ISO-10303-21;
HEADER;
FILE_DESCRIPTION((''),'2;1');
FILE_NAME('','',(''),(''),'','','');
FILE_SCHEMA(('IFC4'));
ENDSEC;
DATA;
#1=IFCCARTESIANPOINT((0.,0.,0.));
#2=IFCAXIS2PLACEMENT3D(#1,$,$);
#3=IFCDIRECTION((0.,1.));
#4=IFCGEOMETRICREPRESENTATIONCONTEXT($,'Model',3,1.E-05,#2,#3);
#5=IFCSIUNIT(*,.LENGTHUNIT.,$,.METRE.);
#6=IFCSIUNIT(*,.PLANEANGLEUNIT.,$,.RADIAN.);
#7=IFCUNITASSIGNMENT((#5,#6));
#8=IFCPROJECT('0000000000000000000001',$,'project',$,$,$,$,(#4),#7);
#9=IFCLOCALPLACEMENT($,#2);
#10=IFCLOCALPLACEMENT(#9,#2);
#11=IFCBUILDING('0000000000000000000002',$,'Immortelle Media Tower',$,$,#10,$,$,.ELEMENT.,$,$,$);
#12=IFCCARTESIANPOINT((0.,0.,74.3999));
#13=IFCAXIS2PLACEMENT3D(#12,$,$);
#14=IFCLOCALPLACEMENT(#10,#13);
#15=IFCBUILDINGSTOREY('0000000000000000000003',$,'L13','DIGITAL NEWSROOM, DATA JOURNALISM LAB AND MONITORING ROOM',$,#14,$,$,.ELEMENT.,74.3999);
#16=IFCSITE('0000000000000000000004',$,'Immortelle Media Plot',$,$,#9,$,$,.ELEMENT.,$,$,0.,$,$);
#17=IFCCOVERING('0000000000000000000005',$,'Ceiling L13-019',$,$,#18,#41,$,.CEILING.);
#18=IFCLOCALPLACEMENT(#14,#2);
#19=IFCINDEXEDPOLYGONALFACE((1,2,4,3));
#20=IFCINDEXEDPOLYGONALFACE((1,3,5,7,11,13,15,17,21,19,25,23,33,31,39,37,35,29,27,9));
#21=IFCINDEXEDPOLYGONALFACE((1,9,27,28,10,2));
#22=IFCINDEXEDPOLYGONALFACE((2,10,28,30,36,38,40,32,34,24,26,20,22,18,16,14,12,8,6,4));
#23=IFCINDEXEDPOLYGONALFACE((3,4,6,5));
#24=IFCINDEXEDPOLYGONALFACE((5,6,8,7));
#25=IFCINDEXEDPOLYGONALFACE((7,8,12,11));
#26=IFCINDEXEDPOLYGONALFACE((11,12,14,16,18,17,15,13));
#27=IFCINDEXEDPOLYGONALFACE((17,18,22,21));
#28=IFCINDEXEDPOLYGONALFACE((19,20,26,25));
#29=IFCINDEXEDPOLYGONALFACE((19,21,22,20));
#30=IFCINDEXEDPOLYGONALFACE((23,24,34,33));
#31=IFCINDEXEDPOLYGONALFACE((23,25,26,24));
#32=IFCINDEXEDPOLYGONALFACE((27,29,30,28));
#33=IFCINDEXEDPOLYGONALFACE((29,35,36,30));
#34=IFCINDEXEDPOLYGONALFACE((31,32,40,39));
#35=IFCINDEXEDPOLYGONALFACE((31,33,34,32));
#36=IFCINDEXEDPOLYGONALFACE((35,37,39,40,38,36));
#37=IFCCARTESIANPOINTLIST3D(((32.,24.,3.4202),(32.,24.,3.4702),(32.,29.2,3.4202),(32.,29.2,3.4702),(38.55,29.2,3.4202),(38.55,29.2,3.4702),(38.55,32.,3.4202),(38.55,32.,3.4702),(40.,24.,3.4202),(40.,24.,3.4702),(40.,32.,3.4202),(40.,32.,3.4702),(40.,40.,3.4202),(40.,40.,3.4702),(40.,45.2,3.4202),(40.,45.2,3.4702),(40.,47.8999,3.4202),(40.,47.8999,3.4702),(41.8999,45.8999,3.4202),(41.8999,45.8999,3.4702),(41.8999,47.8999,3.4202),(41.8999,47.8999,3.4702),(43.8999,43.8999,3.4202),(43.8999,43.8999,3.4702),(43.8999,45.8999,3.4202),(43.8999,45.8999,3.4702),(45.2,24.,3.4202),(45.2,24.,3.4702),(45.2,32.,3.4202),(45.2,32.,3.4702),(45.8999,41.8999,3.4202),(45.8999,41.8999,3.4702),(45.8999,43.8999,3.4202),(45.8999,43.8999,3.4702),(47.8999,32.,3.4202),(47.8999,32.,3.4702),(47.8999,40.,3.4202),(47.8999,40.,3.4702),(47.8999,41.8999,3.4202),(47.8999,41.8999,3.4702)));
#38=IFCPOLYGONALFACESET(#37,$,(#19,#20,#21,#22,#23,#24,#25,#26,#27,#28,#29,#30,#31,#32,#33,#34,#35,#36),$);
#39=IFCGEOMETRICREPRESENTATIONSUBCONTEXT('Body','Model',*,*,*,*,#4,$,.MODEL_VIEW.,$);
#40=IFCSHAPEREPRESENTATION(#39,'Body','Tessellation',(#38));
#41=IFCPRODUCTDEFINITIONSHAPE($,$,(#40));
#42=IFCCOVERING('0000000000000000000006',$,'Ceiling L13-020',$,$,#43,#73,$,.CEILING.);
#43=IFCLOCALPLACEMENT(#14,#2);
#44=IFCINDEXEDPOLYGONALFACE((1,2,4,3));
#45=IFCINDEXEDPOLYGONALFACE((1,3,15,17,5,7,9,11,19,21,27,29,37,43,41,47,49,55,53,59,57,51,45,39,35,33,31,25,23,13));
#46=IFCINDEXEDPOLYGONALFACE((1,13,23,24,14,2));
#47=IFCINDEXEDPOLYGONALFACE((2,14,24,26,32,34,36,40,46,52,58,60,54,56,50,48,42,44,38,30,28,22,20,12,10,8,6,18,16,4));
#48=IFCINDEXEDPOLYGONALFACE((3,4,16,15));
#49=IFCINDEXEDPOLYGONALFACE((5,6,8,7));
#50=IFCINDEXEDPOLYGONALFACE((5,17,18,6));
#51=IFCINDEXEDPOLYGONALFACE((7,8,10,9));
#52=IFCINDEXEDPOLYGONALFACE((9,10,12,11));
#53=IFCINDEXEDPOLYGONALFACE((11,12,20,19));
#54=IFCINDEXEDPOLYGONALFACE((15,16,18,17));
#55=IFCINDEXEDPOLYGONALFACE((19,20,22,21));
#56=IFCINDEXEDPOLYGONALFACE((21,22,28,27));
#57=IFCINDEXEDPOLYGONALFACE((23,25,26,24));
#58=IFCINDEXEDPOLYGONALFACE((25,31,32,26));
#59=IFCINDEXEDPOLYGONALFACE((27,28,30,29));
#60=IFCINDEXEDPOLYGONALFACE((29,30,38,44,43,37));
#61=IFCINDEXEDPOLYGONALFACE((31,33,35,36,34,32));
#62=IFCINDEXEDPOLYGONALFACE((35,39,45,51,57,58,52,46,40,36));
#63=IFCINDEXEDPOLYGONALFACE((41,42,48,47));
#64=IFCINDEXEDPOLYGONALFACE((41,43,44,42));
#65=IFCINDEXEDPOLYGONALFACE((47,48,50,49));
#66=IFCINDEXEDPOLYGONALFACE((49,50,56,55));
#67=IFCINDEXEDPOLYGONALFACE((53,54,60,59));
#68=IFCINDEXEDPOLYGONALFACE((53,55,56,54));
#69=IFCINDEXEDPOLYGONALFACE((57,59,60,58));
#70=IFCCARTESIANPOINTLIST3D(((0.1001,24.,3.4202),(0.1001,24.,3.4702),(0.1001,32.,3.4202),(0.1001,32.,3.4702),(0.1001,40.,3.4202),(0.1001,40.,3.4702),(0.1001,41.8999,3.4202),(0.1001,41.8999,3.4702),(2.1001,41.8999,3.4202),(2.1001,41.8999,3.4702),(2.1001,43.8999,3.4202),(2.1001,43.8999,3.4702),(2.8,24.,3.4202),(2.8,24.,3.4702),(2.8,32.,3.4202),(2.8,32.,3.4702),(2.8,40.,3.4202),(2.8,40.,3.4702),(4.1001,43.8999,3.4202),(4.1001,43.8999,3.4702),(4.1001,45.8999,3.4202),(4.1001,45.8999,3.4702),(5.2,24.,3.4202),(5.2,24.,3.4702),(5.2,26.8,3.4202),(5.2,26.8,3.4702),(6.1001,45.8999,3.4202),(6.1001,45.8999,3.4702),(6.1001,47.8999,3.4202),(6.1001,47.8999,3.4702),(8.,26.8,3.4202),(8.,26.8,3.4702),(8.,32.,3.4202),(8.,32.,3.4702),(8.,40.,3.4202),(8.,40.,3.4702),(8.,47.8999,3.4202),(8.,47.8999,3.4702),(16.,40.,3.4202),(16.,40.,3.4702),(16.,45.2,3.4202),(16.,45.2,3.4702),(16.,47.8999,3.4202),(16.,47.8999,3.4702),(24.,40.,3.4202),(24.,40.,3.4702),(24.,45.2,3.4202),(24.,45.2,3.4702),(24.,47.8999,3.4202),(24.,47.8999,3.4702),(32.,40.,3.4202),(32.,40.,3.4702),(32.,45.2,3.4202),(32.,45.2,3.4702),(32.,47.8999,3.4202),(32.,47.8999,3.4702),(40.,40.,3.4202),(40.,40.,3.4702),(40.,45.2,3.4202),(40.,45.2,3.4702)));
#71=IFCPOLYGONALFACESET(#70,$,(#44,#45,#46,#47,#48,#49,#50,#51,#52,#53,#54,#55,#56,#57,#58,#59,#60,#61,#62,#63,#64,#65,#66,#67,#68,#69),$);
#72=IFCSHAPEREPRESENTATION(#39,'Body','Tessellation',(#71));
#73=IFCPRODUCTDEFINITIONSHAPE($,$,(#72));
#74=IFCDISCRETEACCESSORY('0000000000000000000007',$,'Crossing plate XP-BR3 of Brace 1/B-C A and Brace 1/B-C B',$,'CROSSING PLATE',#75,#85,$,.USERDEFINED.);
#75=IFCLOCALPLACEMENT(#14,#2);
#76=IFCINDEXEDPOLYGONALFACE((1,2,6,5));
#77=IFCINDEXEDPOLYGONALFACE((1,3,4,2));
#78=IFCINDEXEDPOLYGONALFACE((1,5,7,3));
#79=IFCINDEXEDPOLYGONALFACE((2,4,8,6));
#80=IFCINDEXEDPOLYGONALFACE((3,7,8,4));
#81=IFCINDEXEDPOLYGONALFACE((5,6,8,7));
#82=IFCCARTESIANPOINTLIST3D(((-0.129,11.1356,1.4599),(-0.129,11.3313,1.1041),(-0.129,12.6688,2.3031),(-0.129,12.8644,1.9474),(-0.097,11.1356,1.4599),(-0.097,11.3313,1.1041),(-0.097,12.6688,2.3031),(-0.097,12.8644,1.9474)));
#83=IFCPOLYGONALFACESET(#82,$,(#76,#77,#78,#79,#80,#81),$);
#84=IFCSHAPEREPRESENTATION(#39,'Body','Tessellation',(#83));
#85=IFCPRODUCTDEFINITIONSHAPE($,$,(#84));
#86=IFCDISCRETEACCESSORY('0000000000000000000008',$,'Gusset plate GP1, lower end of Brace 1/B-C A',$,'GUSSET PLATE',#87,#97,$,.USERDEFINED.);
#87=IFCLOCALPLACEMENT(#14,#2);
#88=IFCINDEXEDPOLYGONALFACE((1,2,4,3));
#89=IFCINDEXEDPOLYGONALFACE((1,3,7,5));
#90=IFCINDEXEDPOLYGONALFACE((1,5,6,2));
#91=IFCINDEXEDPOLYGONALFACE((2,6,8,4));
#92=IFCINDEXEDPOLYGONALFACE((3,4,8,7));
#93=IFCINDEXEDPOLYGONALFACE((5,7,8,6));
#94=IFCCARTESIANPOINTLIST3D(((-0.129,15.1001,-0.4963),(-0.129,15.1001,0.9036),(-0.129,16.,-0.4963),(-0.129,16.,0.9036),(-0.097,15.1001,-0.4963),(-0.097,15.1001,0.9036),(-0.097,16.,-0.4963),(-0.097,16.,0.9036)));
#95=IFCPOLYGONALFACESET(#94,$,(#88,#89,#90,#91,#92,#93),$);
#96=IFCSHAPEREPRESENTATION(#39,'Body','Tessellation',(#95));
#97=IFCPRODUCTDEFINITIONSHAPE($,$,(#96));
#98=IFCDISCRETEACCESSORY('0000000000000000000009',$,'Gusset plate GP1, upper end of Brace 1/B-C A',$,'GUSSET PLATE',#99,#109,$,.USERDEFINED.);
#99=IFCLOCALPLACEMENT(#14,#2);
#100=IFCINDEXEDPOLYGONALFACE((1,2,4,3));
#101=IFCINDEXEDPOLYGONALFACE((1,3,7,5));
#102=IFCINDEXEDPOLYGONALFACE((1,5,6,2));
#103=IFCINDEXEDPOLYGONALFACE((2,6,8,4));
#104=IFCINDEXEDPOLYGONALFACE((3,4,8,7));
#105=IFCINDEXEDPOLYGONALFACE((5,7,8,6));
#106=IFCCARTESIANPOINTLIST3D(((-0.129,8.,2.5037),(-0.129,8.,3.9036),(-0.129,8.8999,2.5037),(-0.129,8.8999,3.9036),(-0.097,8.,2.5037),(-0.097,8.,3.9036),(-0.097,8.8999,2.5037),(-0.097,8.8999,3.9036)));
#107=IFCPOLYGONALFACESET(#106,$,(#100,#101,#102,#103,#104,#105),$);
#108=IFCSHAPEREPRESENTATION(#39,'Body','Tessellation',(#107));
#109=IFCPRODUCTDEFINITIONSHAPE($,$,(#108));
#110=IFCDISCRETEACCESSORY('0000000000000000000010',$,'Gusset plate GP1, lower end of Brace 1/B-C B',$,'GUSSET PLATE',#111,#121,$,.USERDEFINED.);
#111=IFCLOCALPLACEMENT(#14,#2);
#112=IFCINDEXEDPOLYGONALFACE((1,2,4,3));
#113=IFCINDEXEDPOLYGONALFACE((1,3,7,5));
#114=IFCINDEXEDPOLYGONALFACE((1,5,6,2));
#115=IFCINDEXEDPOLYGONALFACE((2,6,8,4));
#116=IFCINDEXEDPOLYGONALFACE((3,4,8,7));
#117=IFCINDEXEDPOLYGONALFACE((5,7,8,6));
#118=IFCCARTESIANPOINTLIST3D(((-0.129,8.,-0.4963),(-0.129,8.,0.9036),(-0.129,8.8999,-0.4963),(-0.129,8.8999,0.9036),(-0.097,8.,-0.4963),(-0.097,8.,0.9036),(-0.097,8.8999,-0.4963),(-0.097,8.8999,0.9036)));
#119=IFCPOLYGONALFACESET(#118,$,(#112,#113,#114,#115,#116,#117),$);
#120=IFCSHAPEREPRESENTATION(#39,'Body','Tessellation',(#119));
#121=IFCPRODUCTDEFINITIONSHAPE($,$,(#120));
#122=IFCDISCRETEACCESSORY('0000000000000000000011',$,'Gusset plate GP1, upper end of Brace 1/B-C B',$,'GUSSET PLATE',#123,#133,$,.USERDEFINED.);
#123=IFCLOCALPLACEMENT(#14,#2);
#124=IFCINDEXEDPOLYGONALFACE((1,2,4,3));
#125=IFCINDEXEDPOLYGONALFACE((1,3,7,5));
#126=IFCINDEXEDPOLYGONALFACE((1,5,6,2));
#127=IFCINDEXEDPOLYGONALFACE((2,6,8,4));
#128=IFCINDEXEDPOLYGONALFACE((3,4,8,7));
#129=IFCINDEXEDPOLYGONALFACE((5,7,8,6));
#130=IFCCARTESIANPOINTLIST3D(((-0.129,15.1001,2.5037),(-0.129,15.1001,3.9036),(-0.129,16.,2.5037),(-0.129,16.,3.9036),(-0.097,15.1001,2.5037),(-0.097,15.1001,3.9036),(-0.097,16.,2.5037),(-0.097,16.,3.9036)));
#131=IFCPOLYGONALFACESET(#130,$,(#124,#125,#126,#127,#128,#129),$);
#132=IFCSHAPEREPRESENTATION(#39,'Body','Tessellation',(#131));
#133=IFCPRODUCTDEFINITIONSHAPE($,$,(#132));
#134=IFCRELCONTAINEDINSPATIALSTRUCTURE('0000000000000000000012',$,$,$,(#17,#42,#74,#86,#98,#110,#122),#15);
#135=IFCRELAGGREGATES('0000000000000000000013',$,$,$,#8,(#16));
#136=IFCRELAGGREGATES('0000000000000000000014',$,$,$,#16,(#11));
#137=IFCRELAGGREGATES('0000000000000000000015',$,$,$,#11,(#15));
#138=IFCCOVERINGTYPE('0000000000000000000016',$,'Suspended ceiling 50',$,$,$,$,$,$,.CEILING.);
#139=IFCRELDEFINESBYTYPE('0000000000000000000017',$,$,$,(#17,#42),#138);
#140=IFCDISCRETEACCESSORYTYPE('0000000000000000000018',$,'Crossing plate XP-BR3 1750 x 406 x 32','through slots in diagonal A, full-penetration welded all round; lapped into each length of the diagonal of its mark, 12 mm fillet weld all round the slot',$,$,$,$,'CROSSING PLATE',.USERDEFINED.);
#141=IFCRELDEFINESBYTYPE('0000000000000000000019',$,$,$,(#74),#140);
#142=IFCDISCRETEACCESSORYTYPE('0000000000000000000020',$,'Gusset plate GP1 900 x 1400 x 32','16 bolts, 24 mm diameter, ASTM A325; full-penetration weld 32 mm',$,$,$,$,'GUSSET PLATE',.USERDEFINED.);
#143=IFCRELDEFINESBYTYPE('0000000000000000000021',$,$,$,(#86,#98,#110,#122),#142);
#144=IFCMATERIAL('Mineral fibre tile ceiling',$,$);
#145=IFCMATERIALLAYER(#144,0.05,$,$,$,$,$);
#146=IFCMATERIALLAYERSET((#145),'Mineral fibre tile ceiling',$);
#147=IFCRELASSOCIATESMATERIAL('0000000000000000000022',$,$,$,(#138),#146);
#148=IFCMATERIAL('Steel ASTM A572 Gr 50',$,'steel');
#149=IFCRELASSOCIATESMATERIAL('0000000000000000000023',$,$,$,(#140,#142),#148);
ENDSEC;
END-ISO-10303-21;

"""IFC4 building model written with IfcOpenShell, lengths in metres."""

from ifc_helpers import new_model, si_unit, direction, frame, origin, origin_2d, place, context, subcontext, project, spatial, polyline, rectangle, outline, extrude, material, layer, layer_set, material_profile, profile_set, type_object, element, save


model = new_model("IFC4")

# Units and contexts
model_context = context("Model", 3, precision=1e-05, world=origin(), true_north=direction((0.0, 1.0)))
body_context = subcontext(model_context, "Body", "Model", "MODEL_VIEW")
ifc_project = project(units=[si_unit("LENGTHUNIT", "METRE"), si_unit("PLANEANGLEUNIT", "RADIAN")], contexts=[model_context])

# Site, building, storey
site_placement = place(None, origin())
site = spatial("IfcSite", under=ifc_project, at=site_placement, Name="Immortelle Media Plot", CompositionType="ELEMENT", RefElevation=0.0)
building_placement = place(site_placement, origin())
building = spatial("IfcBuilding", under=site, at=building_placement, Name="Immortelle Media Tower", CompositionType="ELEMENT")
storey_placement = place(building_placement, frame((0.0, 0.0, 74.3999)))
storey = spatial("IfcBuildingStorey", under=building, at=storey_placement, Name="L13", Description="DIGITAL NEWSROOM, DATA JOURNALISM LAB AND MONITORING ROOM", CompositionType="ELEMENT", Elevation=74.3999)

# Coverings
ifc_material_1 = material(Name="Mineral fibre tile ceiling")
ifc_layer_1 = layer(ifc_material_1, 0.05)
ifc_layer_set_1 = layer_set([ifc_layer_1], Name="Mineral fibre tile ceiling")
covering_type = type_object("IfcCoveringType", Name="Suspended ceiling 50", PredefinedType="CEILING", material=ifc_layer_set_1)
covering_1_placement = place(storey_placement, frame((0.0, 0.0, 3.4202)))
element("IfcCovering", 1, at=covering_1_placement, inside=storey, type_object=covering_type, Name="Ceiling L13-019", PredefinedType="CEILING", context=body_context, shape_type="SweptSolid", body=[
    extrude(outline(polyline([(38.55, 32.0), (40.0, 32.0), (40.0, 40.0), (40.0, 45.2), (40.0, 47.8999), (41.8999, 47.8999), (41.8999, 45.8999), (43.8999, 45.8999), (43.8999, 43.8999), (45.8999, 43.8999), (45.8999, 41.8999), (47.8999, 41.8999), (47.8999, 40.0), (47.8999, 32.0), (45.2, 32.0), (45.2, 24.0), (40.0, 24.0), (32.0, 24.0), (32.0, 29.2), (38.55, 29.2), (38.55, 32.0)])), origin(), (0.0, 0.0, 1.0), 0.05),
])
covering_2_placement = place(storey_placement, frame((0.0, 0.0, 3.4202)))
element("IfcCovering", 2, at=covering_2_placement, inside=storey, type_object=covering_type, Name="Ceiling L13-020", PredefinedType="CEILING", context=body_context, shape_type="SweptSolid", body=[
    extrude(outline(polyline([(2.8, 40.0), (0.1001, 40.0), (0.1001, 41.8999), (2.1001, 41.8999), (2.1001, 43.8999), (4.1001, 43.8999), (4.1001, 45.8999), (6.1001, 45.8999), (6.1001, 47.8999), (8.0, 47.8999), (16.0, 47.8999), (16.0, 45.2), (24.0, 45.2), (24.0, 47.8999), (32.0, 47.8999), (32.0, 45.2), (40.0, 45.2), (40.0, 40.0), (32.0, 40.0), (24.0, 40.0), (16.0, 40.0), (8.0, 40.0), (8.0, 32.0), (8.0, 26.8), (5.2, 26.8), (5.2, 24.0), (2.8, 24.0), (0.1001, 24.0), (0.1001, 32.0), (2.8, 32.0), (2.8, 40.0)])), origin(), (0.0, 0.0, 1.0), 0.05),
])

# Discrete accessories
ifc_material_2 = material(Name="Steel ASTM A572 Gr 50", Category="steel")
ifc_material_profile_1 = material_profile(ifc_material_2, rectangle(XDim=0.032, YDim=0.406, at=origin_2d()), Name="PL 32 x 406")
ifc_profile_set_1 = profile_set([ifc_material_profile_1], Name="Steel ASTM A572 Gr 50")
discrete_accessory_type_1 = type_object("IfcDiscreteAccessoryType", Name="Crossing plate XP-BR3 1750 x 406 x 32", Description="through slots in diagonal A, full-penetration welded all round; lapped into each length of the diagonal of its mark, 12 mm fillet weld all round the slot", ElementType="CROSSING PLATE", PredefinedType="USERDEFINED", material=ifc_profile_set_1)
discrete_accessory_placement = place(storey_placement, frame((-0.113, 12.7666, 2.1252), z_axis=(0.0, -0.876216, -0.481919), x_axis=(1.0, 0.0, 0.0)))
element("IfcDiscreteAccessory", 3, at=discrete_accessory_placement, inside=storey, type_object=discrete_accessory_type_1, Name="Crossing plate XP-BR3 of Brace 1/B-C A and Brace 1/B-C B", ObjectType="CROSSING PLATE", PredefinedType="USERDEFINED", context=body_context, shape_type="SweptSolid", body=[
    extrude(rectangle(XDim=0.032, YDim=0.406, at=origin_2d()), origin(), (0.0, 0.0, 1.0), 1.7498),
])
ifc_material_profile_2 = material_profile(ifc_material_2, rectangle(XDim=0.032, YDim=1.3999, at=origin_2d()), Name="PL 32 x 1400")
ifc_profile_set_2 = profile_set([ifc_material_profile_2], Name="Steel ASTM A572 Gr 50")
discrete_accessory_type_2 = type_object("IfcDiscreteAccessoryType", Name="Gusset plate GP1 900 x 1400 x 32", Description="16 bolts, 24 mm diameter, ASTM A325; full-penetration weld 32 mm", ElementType="GUSSET PLATE", PredefinedType="USERDEFINED", material=ifc_profile_set_2)
for number, where, z_axis, x_axis, name in (
    (4, (-0.113, 16.0, 0.2036), (0.0, -1.0, 0.0), (1.0, 0.0, 0.0), "Gusset plate GP1, lower end of Brace 1/B-C A"),
    (5, (-0.113, 8.0, 3.2036), (0.0, 1.0, 0.0), (-1.0, 0.0, 0.0), "Gusset plate GP1, upper end of Brace 1/B-C A"),
    (6, (-0.113, 8.0, 0.2036), (0.0, 1.0, 0.0), (-1.0, 0.0, 0.0), "Gusset plate GP1, lower end of Brace 1/B-C B"),
    (7, (-0.113, 16.0, 3.2036), (0.0, -1.0, 0.0), (1.0, 0.0, 0.0), "Gusset plate GP1, upper end of Brace 1/B-C B"),
):
    element("IfcDiscreteAccessory", number, at=place(storey_placement, frame(where, z_axis=z_axis, x_axis=x_axis)), inside=storey, type_object=discrete_accessory_type_2, Name=name, ObjectType="GUSSET PLATE", PredefinedType="USERDEFINED", context=body_context, shape_type="SweptSolid", body=[
        extrude(rectangle(XDim=0.032, YDim=1.3999, at=origin_2d()), origin(), (0.0, 0.0, 1.0), 0.8999),
    ])

save(model, "model.ifc")
